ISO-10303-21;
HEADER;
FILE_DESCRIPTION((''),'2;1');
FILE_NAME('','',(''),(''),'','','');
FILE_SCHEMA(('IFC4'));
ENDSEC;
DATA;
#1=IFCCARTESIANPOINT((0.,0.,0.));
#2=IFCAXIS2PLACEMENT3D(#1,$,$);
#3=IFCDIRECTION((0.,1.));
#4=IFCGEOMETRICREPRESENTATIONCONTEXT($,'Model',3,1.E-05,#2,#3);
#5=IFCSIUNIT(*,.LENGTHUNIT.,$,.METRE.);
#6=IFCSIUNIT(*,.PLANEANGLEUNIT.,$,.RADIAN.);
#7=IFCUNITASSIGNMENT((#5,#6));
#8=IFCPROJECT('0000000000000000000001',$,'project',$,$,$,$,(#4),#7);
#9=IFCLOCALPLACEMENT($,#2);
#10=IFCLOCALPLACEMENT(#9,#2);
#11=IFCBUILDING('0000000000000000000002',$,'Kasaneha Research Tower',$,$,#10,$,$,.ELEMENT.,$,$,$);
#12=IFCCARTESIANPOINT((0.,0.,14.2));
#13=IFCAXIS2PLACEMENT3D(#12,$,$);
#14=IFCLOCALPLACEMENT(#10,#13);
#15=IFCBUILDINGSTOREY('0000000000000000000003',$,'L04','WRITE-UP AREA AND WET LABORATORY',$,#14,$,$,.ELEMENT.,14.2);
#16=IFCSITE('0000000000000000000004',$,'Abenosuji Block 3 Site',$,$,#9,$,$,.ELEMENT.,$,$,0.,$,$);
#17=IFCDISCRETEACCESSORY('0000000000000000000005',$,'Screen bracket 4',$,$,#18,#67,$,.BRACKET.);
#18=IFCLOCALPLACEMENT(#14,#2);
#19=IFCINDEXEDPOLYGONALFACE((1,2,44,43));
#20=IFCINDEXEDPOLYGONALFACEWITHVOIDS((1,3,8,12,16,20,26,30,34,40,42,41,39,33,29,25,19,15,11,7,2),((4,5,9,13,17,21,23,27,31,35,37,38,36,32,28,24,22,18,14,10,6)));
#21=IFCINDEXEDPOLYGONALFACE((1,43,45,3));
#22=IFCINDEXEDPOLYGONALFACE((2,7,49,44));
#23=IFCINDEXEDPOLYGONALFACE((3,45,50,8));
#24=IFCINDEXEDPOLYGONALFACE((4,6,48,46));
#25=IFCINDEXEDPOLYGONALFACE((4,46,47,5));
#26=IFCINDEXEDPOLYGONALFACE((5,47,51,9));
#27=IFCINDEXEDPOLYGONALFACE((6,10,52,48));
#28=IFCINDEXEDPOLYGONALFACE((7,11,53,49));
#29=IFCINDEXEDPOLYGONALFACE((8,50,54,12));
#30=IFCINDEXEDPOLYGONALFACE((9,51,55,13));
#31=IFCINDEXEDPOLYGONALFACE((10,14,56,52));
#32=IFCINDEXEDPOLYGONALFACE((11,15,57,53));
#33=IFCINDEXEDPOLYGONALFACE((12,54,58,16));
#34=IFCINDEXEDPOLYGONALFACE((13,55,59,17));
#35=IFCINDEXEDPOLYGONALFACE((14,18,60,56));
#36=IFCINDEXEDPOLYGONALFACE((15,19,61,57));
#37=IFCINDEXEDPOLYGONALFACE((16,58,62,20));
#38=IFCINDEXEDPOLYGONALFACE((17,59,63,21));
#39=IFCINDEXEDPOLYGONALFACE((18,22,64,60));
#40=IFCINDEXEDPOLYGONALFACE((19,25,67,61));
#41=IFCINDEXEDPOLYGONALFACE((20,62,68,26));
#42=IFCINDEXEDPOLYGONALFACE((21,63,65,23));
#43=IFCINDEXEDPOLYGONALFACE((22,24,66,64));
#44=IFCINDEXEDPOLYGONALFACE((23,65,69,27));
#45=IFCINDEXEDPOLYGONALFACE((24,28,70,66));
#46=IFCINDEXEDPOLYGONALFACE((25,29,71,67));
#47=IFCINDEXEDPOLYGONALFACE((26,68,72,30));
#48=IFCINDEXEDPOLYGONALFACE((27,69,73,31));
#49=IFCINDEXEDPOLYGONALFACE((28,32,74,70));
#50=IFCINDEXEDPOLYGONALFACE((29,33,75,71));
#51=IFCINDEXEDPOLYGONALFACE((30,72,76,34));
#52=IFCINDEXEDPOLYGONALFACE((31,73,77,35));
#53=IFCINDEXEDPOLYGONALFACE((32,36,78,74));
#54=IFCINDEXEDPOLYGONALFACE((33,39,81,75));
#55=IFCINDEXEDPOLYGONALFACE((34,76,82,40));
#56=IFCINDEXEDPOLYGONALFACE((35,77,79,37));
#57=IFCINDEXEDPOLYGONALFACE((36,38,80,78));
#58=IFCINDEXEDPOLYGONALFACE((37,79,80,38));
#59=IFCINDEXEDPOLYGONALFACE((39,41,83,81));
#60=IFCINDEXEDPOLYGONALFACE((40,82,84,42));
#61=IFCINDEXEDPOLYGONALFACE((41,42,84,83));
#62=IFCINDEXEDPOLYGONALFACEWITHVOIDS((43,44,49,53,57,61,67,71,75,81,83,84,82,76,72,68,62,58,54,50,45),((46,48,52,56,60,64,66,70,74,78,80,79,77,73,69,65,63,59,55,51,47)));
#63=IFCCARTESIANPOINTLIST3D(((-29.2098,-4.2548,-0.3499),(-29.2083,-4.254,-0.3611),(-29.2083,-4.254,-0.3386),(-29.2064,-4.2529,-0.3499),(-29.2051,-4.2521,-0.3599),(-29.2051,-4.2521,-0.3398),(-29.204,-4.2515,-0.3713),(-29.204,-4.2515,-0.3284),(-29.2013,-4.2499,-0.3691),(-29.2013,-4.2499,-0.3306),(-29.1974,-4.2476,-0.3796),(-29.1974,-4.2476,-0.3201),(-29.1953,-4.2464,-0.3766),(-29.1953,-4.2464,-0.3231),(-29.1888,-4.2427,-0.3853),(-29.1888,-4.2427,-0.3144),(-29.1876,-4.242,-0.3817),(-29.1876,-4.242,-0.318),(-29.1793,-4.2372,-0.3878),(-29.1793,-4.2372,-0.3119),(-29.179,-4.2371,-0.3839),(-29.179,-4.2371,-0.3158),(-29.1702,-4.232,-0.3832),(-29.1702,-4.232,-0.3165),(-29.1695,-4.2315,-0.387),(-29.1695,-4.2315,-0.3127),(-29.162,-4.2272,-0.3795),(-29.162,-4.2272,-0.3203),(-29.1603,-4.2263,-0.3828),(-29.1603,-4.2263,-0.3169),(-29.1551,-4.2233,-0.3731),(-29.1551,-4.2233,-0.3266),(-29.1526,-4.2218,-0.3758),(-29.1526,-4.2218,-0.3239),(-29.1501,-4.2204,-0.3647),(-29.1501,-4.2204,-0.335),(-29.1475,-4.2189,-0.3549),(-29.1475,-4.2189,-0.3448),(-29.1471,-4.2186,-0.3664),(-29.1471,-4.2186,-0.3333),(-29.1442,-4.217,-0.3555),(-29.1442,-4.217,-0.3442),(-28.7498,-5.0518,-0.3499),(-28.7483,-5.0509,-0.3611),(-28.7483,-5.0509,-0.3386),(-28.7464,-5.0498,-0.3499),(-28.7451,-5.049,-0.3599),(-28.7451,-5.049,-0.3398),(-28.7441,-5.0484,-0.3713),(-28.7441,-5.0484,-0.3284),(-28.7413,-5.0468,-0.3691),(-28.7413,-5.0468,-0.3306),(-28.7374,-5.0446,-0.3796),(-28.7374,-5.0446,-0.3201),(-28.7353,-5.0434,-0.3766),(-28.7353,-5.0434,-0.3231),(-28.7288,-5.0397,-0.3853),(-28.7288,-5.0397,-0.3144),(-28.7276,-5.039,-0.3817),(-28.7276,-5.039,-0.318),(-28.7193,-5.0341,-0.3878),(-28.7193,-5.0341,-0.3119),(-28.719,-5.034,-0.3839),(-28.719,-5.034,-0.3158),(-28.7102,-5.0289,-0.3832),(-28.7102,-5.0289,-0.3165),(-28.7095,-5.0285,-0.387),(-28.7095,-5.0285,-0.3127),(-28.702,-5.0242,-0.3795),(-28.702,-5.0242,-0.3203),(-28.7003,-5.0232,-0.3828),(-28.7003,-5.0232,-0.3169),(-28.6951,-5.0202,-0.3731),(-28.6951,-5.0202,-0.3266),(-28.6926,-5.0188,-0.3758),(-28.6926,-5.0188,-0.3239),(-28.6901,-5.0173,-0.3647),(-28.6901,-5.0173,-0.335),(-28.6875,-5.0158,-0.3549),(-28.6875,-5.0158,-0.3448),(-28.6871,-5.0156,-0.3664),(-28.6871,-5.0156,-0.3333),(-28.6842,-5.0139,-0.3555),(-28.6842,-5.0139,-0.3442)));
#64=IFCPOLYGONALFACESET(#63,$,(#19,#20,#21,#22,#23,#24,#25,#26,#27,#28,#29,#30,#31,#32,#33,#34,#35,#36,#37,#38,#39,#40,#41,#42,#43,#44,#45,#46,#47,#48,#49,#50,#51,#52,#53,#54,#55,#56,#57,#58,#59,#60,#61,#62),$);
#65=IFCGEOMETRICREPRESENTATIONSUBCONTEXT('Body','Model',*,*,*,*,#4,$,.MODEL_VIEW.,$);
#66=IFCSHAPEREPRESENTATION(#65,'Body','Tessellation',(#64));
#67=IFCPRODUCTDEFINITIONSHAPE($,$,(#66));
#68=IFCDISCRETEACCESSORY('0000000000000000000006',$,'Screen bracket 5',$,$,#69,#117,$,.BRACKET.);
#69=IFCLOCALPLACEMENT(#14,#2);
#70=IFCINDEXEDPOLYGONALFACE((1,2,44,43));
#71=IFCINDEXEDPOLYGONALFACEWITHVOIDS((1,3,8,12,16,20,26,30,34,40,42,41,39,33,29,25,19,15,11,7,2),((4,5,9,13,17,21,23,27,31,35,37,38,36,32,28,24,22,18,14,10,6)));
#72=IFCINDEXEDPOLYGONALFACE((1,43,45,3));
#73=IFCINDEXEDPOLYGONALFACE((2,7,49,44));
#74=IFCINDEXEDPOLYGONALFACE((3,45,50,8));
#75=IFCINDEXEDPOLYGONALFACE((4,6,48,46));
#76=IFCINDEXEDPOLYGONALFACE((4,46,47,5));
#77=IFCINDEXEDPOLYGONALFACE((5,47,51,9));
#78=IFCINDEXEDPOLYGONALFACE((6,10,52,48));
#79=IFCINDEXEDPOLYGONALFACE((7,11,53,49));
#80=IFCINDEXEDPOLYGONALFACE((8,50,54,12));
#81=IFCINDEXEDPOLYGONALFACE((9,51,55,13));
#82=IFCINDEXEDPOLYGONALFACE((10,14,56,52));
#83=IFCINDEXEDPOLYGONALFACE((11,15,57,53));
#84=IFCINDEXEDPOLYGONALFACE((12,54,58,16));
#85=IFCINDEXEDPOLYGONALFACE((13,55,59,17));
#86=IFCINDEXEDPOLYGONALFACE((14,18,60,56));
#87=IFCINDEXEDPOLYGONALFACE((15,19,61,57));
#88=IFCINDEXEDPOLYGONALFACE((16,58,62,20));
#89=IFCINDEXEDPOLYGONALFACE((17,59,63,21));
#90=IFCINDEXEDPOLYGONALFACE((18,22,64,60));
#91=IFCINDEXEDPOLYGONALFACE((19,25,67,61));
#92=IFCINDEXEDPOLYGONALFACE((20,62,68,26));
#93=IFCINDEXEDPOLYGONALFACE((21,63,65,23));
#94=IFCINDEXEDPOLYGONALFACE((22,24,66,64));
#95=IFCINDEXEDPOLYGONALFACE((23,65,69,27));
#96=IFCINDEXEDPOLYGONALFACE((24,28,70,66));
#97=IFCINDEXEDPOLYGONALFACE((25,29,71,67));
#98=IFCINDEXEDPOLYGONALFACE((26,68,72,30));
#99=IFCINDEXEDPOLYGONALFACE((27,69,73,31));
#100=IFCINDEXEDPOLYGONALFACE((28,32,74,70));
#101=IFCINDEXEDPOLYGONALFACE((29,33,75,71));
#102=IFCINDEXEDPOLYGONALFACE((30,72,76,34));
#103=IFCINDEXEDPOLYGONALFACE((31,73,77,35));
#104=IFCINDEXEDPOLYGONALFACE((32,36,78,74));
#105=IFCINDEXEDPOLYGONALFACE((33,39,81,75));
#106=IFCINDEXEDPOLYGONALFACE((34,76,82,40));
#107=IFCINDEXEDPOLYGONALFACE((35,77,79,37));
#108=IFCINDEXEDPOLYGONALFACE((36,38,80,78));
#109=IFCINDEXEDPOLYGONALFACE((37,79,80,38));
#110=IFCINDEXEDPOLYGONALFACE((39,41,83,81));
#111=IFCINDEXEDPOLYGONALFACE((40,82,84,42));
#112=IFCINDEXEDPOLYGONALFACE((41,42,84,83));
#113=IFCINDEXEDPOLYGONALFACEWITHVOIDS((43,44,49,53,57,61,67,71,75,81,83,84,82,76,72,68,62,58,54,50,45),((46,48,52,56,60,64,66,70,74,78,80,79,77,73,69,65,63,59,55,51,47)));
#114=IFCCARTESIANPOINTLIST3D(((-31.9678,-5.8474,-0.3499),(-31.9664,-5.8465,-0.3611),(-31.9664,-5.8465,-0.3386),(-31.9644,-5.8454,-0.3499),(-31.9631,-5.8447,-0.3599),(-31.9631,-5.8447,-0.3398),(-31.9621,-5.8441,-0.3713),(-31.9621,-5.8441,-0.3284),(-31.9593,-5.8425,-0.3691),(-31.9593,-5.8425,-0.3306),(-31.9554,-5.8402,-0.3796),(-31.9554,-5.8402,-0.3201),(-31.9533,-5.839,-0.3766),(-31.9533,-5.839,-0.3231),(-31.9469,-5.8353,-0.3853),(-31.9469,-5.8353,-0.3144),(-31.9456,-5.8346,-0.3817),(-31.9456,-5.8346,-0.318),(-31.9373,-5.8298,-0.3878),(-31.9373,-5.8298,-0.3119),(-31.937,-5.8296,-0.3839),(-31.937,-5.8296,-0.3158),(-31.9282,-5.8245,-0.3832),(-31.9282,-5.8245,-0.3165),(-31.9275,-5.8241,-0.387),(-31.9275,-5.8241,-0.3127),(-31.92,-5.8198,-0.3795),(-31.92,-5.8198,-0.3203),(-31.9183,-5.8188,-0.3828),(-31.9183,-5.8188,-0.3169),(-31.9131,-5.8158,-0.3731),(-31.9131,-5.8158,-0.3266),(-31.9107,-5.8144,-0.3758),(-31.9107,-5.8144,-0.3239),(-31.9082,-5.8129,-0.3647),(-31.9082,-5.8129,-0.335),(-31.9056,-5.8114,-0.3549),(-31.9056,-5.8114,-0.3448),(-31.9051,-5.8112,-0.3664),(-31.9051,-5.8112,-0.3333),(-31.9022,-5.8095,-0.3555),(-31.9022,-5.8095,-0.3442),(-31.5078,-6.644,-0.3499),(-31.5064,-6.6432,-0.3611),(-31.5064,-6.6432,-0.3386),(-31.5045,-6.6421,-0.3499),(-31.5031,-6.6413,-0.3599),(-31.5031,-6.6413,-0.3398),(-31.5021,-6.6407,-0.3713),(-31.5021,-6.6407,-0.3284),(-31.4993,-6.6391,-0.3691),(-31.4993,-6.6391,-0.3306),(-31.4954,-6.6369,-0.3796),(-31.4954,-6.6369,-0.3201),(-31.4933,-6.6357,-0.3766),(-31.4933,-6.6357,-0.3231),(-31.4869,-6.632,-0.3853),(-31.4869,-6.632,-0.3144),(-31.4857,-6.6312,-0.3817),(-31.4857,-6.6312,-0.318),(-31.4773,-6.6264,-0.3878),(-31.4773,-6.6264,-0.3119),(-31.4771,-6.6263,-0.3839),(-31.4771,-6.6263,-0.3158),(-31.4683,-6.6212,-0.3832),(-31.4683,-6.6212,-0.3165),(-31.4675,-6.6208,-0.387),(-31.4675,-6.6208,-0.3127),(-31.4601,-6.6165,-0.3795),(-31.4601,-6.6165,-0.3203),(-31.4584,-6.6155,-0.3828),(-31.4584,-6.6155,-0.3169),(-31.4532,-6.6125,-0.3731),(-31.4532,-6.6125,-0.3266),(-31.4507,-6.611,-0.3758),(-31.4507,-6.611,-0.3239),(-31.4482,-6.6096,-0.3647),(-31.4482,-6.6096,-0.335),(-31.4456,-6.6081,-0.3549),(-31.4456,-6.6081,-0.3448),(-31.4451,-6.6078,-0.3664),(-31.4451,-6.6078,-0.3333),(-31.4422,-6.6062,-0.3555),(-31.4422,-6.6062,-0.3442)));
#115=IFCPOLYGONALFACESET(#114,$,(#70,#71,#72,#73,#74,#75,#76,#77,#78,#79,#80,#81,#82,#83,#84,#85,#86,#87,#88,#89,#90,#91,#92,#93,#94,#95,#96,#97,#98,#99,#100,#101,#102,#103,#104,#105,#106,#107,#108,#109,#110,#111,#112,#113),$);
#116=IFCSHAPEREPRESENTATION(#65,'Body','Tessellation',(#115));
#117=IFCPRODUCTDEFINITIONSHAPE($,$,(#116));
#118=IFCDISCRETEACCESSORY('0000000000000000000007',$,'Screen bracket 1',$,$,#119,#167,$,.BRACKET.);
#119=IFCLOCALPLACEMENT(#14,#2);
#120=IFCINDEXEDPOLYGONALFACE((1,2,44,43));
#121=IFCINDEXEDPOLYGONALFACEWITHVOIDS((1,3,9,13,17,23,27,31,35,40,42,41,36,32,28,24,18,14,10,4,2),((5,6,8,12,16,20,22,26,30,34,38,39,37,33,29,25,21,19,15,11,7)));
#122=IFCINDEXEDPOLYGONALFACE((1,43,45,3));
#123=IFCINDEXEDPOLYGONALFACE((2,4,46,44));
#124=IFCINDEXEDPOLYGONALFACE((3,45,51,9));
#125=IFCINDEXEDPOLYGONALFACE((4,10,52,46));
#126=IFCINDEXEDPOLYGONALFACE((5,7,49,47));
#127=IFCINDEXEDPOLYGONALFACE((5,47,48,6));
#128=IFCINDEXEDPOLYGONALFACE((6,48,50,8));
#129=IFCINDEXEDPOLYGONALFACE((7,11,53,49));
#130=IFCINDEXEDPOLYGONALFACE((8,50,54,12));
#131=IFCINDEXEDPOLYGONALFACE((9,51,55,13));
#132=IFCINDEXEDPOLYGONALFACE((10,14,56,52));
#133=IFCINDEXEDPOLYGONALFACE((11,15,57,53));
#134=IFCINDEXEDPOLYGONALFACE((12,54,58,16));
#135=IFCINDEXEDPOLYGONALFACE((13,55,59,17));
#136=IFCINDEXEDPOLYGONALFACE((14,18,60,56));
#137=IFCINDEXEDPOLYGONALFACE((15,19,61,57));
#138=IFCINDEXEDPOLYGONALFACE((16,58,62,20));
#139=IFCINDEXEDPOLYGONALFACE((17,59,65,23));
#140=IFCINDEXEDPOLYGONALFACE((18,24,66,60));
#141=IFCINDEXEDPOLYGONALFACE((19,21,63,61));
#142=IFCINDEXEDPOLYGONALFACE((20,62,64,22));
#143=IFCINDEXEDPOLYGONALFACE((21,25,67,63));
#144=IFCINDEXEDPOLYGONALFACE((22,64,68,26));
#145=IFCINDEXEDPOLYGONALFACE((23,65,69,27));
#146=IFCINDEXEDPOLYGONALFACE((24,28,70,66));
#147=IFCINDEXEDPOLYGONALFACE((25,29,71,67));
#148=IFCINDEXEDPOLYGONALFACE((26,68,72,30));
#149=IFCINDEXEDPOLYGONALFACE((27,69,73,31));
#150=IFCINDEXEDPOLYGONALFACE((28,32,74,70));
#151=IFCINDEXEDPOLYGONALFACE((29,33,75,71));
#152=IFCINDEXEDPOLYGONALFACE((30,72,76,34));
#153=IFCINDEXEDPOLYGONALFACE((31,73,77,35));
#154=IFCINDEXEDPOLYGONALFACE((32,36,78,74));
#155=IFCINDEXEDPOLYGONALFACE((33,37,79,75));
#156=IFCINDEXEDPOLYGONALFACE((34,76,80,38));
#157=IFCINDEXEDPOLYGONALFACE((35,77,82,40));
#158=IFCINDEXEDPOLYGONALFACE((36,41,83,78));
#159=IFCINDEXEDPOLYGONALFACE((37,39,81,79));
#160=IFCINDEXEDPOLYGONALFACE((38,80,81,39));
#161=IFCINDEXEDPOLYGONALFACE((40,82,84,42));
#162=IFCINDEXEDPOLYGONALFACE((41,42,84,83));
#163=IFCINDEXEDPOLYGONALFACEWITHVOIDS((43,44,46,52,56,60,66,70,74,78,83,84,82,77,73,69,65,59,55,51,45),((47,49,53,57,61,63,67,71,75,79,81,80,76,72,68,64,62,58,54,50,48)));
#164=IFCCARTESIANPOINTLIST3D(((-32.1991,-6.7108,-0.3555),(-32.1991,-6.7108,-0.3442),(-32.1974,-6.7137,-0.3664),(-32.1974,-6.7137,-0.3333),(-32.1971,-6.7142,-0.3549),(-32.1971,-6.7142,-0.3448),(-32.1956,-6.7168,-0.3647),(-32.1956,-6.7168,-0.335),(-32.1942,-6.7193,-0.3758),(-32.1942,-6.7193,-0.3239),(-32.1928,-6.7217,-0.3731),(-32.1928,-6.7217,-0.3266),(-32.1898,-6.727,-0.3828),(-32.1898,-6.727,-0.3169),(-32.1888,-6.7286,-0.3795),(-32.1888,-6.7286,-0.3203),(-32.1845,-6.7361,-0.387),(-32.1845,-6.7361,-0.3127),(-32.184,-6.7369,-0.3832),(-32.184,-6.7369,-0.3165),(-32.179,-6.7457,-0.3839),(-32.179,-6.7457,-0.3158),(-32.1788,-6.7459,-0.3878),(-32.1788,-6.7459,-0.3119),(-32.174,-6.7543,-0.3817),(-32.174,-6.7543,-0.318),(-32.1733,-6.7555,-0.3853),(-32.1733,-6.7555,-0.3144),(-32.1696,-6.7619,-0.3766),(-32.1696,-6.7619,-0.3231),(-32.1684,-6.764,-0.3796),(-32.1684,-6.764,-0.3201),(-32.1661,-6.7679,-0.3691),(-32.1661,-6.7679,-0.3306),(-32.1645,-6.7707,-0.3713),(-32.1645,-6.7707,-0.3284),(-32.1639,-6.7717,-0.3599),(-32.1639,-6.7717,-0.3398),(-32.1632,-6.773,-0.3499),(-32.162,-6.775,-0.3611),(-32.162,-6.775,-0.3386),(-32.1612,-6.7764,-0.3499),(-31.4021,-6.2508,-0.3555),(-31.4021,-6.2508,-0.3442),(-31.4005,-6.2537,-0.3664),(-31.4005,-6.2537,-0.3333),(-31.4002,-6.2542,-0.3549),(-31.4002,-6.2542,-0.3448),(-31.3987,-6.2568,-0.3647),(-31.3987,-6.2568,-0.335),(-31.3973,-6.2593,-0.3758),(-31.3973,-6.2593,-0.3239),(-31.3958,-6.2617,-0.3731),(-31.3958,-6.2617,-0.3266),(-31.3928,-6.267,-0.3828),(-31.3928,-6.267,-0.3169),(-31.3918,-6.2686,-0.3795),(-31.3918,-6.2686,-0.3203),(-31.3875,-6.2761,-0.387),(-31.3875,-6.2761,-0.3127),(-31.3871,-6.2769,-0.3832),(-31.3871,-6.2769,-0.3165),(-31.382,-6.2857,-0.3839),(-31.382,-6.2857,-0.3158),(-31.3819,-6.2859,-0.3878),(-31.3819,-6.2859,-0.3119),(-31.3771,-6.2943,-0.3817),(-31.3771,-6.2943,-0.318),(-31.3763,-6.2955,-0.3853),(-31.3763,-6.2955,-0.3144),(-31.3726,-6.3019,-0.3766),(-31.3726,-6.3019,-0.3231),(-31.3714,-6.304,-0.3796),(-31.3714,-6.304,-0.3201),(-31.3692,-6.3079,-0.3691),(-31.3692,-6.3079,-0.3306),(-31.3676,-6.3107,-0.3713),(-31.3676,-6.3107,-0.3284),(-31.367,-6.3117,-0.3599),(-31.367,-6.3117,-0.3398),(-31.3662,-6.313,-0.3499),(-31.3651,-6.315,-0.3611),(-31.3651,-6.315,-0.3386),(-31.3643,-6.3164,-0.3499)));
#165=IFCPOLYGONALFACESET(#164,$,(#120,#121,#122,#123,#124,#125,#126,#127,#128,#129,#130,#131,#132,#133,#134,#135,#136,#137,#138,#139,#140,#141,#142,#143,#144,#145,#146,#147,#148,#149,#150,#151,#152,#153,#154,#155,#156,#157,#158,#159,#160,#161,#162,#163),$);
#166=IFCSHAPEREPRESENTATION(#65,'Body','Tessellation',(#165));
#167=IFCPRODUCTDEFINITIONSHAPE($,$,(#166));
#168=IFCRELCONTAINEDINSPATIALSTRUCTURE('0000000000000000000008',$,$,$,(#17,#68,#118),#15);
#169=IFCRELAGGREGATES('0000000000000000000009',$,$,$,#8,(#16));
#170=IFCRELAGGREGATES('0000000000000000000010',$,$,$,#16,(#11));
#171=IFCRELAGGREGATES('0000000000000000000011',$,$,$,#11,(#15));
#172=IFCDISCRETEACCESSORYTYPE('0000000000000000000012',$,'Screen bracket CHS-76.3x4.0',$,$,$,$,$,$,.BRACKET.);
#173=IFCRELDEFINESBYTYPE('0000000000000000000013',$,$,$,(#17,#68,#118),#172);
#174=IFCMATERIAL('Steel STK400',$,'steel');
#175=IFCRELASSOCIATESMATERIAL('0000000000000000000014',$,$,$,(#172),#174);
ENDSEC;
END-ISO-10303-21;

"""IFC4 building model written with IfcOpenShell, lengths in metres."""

from ifc_helpers import new_model, si_unit, direction, frame, origin, origin_2d, place, context, subcontext, project, spatial, hollow_circle, extrude, material, material_profile, profile_set, type_object, element, save


model = new_model("IFC4")

# Units and contexts
model_context = context("Model", 3, precision=1e-05, world=origin(), true_north=direction((0.0, 1.0)))
body_context = subcontext(model_context, "Body", "Model", "MODEL_VIEW")
ifc_project = project(units=[si_unit("LENGTHUNIT", "METRE"), si_unit("PLANEANGLEUNIT", "RADIAN")], contexts=[model_context])

# Site, building, storey
site_placement = place(None, origin())
site = spatial("IfcSite", under=ifc_project, at=site_placement, Name="Abenosuji Block 3 Site", CompositionType="ELEMENT", RefElevation=0.0)
building_placement = place(site_placement, origin())
building = spatial("IfcBuilding", under=site, at=building_placement, Name="Kasaneha Research Tower", CompositionType="ELEMENT")
storey_placement = place(building_placement, frame((0.0, 0.0, 14.2)))
storey = spatial("IfcBuildingStorey", under=building, at=storey_placement, Name="L04", Description="WRITE-UP AREA AND WET LABORATORY", CompositionType="ELEMENT", Elevation=14.2)

# Discrete accessories
ifc_material_1 = material(Name="Steel STK400", Category="steel")
ifc_material_profile_1 = material_profile(ifc_material_1, hollow_circle(Radius=0.0381, WallThickness=0.0039, at=origin_2d()), Name="CHS-76.3x4.0")
ifc_profile_set_1 = profile_set([ifc_material_profile_1], Name="Steel STK400")
discrete_accessory_type = type_object("IfcDiscreteAccessoryType", Name="Screen bracket CHS-76.3x4.0", PredefinedType="BRACKET", material=ifc_profile_set_1)
discrete_accessory_1_placement = place(storey_placement, frame((-28.7168, -5.0327, -0.3499), z_axis=(-0.499906, 0.86608, 0.0), x_axis=(-0.86608, -0.499906, 0.0)))
element("IfcDiscreteAccessory", 1, at=discrete_accessory_1_placement, inside=storey, type_object=discrete_accessory_type, Name="Screen bracket 4", PredefinedType="BRACKET", context=body_context, shape_type="SweptSolid", body=[
    extrude(hollow_circle(Radius=0.0381, WallThickness=0.0039, at=origin_2d()), origin(), (0.0, 0.0, 1.0), 0.9202),
])
discrete_accessory_2_placement = place(storey_placement, frame((-31.4749, -6.625, -0.3499), z_axis=(-0.500021, 0.866013, 0.0), x_axis=(-0.866013, -0.500021, 0.0)))
element("IfcDiscreteAccessory", 2, at=discrete_accessory_2_placement, inside=storey, type_object=discrete_accessory_type, Name="Screen bracket 5", PredefinedType="BRACKET", context=body_context, shape_type="SweptSolid", body=[
    extrude(hollow_circle(Radius=0.0381, WallThickness=0.0039, at=origin_2d()), origin(), (0.0, 0.0, 1.0), 0.9199),
])
discrete_accessory_3_placement = place(storey_placement, frame((-31.3833, -6.2834, -0.3499), z_axis=(-0.86608, -0.499906, 0.0), x_axis=(0.499906, -0.86608, 0.0)))
element("IfcDiscreteAccessory", 3, at=discrete_accessory_3_placement, inside=storey, type_object=discrete_accessory_type, Name="Screen bracket 1", PredefinedType="BRACKET", context=body_context, shape_type="SweptSolid", body=[
    extrude(hollow_circle(Radius=0.0381, WallThickness=0.0039, at=origin_2d()), origin(), (0.0, 0.0, 1.0), 0.9202),
])

save(model, "model.ifc")
